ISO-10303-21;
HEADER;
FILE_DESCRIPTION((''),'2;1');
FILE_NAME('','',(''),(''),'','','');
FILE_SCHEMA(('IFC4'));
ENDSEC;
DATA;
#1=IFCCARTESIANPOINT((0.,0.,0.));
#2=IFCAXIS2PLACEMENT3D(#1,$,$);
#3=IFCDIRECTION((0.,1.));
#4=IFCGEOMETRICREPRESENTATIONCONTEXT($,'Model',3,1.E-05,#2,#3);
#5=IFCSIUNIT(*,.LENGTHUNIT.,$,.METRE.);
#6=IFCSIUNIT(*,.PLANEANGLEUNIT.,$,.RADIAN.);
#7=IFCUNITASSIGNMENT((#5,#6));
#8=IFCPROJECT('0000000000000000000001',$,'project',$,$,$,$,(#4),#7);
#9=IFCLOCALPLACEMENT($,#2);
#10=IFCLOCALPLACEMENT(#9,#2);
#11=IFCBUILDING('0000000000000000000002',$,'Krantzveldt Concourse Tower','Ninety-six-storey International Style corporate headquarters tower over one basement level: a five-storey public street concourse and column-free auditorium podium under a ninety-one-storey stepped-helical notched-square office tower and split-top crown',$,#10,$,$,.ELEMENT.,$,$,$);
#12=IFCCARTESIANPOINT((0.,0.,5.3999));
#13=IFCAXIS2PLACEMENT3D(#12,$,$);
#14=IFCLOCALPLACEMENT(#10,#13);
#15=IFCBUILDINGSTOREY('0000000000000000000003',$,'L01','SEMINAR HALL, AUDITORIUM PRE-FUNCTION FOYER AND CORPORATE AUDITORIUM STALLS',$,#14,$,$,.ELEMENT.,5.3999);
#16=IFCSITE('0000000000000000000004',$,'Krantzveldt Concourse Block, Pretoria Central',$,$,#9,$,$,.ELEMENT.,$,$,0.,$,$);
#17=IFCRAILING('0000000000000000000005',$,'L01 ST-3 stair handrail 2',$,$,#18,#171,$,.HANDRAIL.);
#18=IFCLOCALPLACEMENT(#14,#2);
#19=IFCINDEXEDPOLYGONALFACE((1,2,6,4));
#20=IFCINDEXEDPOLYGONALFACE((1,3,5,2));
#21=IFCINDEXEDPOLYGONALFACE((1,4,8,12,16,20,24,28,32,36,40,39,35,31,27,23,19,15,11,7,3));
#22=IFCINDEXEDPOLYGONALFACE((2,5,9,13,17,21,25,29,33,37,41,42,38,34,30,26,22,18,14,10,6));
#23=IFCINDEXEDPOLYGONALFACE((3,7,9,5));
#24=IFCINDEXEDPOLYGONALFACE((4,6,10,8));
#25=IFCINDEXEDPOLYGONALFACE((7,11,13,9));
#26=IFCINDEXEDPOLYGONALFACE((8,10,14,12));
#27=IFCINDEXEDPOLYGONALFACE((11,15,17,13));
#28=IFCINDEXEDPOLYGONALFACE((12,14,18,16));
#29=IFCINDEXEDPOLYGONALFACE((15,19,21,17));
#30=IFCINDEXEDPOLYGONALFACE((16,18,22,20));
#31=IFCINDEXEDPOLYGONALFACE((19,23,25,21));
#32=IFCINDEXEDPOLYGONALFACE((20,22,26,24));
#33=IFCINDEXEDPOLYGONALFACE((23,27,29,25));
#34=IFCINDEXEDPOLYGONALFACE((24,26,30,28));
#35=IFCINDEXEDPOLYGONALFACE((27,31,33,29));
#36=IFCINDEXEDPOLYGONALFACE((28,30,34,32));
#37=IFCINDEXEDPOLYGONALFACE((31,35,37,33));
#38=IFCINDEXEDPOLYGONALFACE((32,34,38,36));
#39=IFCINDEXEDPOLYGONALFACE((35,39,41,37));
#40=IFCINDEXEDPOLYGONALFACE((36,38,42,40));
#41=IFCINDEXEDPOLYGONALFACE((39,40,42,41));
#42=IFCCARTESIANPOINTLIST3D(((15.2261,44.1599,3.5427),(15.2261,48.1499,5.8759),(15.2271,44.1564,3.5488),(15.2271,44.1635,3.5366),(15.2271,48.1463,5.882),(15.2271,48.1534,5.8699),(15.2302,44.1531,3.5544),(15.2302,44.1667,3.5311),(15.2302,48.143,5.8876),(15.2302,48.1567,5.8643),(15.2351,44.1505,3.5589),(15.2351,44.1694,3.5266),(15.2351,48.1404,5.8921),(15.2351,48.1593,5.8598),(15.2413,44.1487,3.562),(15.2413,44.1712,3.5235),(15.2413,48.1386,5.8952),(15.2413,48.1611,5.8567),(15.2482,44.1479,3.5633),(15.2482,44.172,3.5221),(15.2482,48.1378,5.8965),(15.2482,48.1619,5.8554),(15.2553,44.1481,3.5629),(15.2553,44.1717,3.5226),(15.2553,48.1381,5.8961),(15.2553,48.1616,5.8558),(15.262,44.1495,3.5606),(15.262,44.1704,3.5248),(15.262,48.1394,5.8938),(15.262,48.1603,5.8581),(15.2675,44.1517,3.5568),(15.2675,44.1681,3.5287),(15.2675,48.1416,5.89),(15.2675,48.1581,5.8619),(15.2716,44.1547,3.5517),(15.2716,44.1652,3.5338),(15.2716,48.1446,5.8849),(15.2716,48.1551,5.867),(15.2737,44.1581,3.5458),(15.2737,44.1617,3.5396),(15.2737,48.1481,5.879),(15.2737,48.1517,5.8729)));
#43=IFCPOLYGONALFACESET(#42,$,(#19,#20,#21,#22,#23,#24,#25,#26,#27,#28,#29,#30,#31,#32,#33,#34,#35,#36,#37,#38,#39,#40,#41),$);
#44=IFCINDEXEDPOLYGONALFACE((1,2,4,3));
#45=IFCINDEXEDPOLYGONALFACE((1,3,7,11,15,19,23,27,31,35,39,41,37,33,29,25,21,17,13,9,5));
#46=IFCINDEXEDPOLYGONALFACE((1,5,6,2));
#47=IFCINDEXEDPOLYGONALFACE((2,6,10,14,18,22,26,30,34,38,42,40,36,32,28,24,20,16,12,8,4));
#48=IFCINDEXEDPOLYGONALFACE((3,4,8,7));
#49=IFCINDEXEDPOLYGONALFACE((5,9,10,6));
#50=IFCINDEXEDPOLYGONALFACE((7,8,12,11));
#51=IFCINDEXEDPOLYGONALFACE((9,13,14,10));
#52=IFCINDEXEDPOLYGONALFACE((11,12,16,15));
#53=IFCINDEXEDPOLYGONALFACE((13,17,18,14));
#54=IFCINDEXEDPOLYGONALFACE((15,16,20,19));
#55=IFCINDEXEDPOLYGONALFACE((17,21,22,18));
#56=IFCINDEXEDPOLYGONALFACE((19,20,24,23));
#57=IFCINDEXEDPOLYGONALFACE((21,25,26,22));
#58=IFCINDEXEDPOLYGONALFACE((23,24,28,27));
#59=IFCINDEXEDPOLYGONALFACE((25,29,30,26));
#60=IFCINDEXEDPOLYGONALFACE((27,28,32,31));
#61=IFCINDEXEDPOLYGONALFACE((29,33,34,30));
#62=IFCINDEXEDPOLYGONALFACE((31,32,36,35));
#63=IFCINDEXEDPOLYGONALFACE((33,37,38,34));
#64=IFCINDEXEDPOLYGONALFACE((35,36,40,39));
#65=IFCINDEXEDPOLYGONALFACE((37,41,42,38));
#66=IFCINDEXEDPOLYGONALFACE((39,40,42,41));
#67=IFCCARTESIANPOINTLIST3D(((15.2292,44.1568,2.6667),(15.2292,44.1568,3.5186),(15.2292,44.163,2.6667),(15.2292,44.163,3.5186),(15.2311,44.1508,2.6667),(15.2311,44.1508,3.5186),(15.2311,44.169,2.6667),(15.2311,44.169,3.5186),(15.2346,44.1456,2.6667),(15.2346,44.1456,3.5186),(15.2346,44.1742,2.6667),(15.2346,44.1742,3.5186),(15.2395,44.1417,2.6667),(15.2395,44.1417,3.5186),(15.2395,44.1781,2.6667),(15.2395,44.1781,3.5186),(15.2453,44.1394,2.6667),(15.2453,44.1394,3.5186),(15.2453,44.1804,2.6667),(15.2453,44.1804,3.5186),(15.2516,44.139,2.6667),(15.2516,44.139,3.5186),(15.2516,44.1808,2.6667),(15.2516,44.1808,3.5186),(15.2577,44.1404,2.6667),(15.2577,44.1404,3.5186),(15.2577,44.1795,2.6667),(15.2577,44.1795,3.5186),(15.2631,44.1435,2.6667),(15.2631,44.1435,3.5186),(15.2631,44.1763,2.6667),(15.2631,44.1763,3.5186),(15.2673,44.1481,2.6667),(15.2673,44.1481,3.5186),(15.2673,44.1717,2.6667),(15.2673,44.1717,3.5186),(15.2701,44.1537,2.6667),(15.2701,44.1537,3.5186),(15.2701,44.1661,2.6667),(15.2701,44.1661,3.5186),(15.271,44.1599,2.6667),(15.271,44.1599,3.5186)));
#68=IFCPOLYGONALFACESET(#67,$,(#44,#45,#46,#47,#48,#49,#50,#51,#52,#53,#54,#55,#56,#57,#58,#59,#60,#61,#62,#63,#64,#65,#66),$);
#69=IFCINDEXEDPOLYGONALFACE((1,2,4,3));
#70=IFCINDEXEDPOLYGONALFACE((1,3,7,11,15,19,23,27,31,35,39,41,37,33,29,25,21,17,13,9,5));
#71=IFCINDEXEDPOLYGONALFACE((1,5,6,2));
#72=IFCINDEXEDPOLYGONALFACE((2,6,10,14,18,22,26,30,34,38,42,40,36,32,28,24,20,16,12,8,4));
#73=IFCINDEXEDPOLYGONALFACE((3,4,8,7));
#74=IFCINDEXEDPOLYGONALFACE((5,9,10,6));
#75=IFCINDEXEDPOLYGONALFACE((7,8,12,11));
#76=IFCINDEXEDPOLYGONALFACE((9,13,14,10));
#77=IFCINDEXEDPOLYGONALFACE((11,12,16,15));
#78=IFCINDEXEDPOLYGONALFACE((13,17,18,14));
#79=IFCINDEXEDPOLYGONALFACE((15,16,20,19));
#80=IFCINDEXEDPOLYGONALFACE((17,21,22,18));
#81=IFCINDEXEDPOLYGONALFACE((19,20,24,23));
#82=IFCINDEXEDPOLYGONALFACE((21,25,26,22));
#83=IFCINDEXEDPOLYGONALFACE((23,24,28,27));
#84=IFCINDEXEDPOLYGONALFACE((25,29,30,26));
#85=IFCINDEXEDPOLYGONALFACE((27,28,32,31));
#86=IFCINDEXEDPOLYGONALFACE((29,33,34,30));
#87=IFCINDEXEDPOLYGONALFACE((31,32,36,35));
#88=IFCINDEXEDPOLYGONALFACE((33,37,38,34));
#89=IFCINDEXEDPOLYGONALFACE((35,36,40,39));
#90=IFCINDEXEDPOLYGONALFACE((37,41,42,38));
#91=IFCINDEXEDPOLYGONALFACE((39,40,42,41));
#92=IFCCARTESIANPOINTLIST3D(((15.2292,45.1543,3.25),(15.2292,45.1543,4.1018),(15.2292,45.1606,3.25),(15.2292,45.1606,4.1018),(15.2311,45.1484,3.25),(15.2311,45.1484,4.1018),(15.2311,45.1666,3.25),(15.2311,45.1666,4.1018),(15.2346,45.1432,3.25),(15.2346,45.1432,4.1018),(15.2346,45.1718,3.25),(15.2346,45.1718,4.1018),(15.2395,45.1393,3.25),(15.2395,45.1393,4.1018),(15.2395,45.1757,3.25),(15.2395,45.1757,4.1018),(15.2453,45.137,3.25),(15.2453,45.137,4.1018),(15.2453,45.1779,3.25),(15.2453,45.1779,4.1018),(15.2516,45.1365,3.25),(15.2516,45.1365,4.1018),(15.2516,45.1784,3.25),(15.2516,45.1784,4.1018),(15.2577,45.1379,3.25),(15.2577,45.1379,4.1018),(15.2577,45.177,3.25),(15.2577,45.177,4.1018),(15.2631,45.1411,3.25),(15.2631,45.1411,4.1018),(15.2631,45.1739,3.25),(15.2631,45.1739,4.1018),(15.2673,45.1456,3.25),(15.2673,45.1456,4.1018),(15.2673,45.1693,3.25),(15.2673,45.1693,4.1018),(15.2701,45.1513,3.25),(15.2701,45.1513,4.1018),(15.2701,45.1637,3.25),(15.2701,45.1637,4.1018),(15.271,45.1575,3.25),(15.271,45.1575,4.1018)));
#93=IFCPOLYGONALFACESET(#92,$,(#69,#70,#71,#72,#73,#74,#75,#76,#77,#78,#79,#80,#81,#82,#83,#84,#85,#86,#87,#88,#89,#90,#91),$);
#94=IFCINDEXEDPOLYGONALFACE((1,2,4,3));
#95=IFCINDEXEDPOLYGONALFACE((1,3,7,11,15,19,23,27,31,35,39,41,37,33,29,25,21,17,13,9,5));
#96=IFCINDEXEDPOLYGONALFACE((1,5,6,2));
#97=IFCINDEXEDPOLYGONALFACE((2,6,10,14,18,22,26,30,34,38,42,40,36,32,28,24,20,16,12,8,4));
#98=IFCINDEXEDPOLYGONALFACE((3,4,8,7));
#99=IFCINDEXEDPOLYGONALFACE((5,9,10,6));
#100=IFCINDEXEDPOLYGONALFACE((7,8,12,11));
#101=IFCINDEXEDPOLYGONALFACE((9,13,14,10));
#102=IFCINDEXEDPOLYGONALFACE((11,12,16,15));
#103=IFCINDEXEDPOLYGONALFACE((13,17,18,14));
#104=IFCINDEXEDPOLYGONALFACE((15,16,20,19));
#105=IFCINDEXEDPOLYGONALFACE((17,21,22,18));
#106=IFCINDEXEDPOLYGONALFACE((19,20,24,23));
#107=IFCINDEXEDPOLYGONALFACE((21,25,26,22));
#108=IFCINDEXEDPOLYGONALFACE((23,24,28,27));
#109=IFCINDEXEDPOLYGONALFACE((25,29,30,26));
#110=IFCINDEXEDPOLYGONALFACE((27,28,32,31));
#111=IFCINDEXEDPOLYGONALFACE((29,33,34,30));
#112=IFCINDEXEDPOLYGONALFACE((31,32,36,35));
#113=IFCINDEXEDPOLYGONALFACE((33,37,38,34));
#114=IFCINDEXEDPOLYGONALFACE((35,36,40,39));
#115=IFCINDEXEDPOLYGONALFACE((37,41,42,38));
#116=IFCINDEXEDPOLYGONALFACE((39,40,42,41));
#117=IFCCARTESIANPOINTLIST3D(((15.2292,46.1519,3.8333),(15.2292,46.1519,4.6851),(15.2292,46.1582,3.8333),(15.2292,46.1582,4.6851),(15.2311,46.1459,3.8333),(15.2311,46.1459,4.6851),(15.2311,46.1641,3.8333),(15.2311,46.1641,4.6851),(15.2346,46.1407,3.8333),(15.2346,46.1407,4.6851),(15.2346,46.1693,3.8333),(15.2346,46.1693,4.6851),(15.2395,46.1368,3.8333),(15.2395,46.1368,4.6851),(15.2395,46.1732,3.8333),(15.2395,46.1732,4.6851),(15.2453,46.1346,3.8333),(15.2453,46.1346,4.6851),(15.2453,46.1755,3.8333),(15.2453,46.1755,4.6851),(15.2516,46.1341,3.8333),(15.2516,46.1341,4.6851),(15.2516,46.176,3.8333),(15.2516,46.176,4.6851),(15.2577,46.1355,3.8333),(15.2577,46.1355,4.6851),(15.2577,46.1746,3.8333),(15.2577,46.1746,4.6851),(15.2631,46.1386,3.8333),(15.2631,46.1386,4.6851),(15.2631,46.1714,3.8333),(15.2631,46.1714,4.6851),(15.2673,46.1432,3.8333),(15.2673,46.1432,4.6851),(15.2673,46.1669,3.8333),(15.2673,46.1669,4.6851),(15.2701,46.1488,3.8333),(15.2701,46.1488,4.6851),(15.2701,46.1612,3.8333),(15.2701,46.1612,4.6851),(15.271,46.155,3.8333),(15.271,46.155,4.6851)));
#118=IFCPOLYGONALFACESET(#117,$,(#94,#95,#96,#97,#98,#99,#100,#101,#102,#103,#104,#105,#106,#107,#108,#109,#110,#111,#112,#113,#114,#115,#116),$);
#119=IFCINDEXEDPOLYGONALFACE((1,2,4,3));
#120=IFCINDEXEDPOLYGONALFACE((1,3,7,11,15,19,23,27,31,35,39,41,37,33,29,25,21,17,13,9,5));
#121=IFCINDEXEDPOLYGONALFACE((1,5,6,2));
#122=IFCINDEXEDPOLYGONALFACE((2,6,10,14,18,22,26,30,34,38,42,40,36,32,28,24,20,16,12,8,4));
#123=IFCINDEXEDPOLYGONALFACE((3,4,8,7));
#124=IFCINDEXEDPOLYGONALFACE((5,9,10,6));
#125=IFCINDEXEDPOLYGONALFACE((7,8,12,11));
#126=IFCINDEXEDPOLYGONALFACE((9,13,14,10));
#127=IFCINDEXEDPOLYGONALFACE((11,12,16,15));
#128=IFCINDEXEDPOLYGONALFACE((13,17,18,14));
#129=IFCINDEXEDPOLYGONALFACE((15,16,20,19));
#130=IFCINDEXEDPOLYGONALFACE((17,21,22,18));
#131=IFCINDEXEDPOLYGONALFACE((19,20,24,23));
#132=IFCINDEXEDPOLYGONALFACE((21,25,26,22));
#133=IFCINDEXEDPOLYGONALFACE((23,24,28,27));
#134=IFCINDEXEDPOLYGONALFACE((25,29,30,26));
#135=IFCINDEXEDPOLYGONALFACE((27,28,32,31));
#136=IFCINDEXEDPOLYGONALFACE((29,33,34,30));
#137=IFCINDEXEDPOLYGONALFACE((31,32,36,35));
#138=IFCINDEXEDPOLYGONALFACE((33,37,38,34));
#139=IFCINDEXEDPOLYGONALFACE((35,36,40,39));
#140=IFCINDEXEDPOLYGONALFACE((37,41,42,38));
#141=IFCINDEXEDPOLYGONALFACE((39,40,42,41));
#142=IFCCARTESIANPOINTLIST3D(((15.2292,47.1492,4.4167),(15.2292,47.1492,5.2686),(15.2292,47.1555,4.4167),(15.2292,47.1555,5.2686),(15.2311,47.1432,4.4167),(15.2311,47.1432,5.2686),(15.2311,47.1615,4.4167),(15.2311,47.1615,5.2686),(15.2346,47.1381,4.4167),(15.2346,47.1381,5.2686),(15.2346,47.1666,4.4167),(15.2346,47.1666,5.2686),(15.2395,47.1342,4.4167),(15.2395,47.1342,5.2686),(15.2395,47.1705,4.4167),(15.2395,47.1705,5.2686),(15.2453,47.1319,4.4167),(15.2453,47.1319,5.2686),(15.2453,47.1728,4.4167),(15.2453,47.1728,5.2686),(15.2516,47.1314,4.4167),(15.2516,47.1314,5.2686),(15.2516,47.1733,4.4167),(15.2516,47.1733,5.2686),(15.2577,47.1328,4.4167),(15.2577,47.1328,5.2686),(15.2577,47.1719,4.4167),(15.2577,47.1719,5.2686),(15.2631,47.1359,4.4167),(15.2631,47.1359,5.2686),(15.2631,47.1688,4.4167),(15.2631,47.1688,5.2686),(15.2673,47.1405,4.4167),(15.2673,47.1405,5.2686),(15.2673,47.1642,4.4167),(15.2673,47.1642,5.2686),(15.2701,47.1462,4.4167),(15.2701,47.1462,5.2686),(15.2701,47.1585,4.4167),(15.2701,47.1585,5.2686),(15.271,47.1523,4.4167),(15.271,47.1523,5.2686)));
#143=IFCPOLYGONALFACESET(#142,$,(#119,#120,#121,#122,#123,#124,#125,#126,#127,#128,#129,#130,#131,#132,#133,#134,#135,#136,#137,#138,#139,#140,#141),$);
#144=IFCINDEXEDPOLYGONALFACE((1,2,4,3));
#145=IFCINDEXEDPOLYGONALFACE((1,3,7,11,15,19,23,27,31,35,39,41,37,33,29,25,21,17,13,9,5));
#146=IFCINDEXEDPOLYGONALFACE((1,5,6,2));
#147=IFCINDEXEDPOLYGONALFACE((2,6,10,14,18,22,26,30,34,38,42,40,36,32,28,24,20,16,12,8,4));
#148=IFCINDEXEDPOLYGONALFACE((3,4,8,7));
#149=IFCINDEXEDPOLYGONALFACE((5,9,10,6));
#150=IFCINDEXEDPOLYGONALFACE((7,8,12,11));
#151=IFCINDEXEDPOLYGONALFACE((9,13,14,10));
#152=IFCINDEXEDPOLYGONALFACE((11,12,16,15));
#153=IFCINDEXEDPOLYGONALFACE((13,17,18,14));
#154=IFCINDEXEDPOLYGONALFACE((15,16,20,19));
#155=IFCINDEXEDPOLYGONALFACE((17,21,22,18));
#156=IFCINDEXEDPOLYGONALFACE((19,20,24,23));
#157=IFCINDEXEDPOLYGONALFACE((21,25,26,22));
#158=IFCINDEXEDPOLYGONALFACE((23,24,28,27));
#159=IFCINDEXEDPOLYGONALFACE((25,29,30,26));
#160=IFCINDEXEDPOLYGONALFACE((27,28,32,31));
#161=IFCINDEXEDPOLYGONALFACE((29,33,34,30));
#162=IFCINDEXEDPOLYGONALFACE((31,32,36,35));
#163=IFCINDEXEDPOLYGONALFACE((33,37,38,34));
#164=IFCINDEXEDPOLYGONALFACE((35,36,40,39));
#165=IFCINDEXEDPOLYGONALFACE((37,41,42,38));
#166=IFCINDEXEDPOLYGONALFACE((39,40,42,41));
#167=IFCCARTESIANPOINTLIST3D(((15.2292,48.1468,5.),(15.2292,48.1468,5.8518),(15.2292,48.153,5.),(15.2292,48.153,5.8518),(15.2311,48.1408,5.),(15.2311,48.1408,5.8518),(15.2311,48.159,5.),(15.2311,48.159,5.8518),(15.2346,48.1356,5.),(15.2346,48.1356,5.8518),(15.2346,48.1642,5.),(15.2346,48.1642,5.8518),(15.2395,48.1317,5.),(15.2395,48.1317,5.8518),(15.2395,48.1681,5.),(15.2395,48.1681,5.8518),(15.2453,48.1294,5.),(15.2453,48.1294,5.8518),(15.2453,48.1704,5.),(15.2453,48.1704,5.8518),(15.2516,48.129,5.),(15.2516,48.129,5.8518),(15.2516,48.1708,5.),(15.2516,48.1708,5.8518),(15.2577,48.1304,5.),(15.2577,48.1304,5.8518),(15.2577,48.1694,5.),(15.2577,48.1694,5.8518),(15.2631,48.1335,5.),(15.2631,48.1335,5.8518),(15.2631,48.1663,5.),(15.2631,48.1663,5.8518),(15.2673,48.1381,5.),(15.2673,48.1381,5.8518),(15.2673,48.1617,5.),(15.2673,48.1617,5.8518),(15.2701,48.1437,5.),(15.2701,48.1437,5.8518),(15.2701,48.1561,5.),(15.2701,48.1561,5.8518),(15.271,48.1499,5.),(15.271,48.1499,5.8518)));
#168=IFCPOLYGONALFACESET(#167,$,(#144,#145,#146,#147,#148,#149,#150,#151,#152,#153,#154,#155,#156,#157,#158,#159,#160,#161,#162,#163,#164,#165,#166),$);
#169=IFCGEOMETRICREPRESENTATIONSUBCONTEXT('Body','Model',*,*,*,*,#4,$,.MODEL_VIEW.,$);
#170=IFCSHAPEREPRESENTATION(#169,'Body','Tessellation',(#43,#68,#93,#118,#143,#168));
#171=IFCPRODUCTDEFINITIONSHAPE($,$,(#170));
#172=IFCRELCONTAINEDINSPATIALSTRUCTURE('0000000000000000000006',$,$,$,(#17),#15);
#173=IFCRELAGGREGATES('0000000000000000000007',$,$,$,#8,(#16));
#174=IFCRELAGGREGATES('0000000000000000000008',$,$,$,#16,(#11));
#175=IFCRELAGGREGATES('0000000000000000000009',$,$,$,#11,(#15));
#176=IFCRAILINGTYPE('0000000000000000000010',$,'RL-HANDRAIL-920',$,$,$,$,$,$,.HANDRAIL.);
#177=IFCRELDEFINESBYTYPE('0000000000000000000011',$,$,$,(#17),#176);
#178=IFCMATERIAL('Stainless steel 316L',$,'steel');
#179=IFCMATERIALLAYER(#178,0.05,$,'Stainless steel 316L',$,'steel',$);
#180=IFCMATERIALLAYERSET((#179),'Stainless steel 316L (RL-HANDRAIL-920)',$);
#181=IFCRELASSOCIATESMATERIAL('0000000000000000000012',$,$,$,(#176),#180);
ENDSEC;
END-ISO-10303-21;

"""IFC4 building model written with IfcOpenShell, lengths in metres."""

from ifc_helpers import new_model, si_unit, direction, frame, origin, origin_2d, place, context, subcontext, project, spatial, circle, extrude, material, layer, layer_set, type_object, element, save


model = new_model("IFC4")

# Units and contexts
model_context = context("Model", 3, precision=1e-05, world=origin(), true_north=direction((0.0, 1.0)))
body_context = subcontext(model_context, "Body", "Model", "MODEL_VIEW")
ifc_project = project(units=[si_unit("LENGTHUNIT", "METRE"), si_unit("PLANEANGLEUNIT", "RADIAN")], contexts=[model_context])

# Site, building, storey
site_placement = place(None, origin())
site = spatial("IfcSite", under=ifc_project, at=site_placement, Name="Krantzveldt Concourse Block, Pretoria Central", CompositionType="ELEMENT", RefElevation=0.0)
building_placement = place(site_placement, origin())
building = spatial("IfcBuilding", under=site, at=building_placement, Name="Krantzveldt Concourse Tower", Description="Ninety-six-storey International Style corporate headquarters tower over one basement level: a five-storey public street concourse and column-free auditorium podium under a ninety-one-storey stepped-helical notched-square office tower and split-top crown", CompositionType="ELEMENT")
storey_placement = place(building_placement, frame((0.0, 0.0, 5.3999)))
storey = spatial("IfcBuildingStorey", under=building, at=storey_placement, Name="L01", Description="SEMINAR HALL, AUDITORIUM PRE-FUNCTION FOYER AND CORPORATE AUDITORIUM STALLS", CompositionType="ELEMENT", Elevation=5.3999)

# Railing
ifc_material_1 = material(Name="Stainless steel 316L", Category="steel")
ifc_layer_1 = layer(ifc_material_1, 0.05, Name="Stainless steel 316L", Category="steel")
ifc_layer_set_1 = layer_set([ifc_layer_1], Name="Stainless steel 316L (RL-HANDRAIL-920)")
railing_type_1 = type_object("IfcRailingType", Name="RL-HANDRAIL-920", PredefinedType="HANDRAIL", material=ifc_layer_set_1)
railing_1_placement = place(storey_placement, frame((15.25, 44.1599, 2.6667)))
element("IfcRailing", 1, at=railing_1_placement, inside=storey, type_object=railing_type_1, Name="L01 ST-3 stair handrail 2", PredefinedType="HANDRAIL", context=body_context, shape_type="SweptSolid", body=[
    extrude(circle(Radius=0.0239, at=origin_2d()), frame((0.0, 0.0, 0.876), z_axis=(0.0, 0.863236, 0.5048), x_axis=(-1.0, 0.0, 0.0)), (0.0, 0.0, 1.0), 4.6221),
    extrude(circle(Radius=0.021, at=origin_2d()), origin(), (0.0, 0.0, 1.0), 0.8518),
    extrude(circle(Radius=0.021, at=origin_2d()), frame((0.0, 0.9976, 0.5833)), (0.0, 0.0, 1.0), 0.8518),
    extrude(circle(Radius=0.021, at=origin_2d()), frame((0.0, 1.9951, 1.1665)), (0.0, 0.0, 1.0), 0.8518),
    extrude(circle(Radius=0.021, at=origin_2d()), frame((0.0, 2.9924, 1.75)), (0.0, 0.0, 1.0), 0.8518),
    extrude(circle(Radius=0.021, at=origin_2d()), frame((0.0, 3.99, 2.3333)), (0.0, 0.0, 1.0), 0.8518),
])

save(model, "model.ifc")
